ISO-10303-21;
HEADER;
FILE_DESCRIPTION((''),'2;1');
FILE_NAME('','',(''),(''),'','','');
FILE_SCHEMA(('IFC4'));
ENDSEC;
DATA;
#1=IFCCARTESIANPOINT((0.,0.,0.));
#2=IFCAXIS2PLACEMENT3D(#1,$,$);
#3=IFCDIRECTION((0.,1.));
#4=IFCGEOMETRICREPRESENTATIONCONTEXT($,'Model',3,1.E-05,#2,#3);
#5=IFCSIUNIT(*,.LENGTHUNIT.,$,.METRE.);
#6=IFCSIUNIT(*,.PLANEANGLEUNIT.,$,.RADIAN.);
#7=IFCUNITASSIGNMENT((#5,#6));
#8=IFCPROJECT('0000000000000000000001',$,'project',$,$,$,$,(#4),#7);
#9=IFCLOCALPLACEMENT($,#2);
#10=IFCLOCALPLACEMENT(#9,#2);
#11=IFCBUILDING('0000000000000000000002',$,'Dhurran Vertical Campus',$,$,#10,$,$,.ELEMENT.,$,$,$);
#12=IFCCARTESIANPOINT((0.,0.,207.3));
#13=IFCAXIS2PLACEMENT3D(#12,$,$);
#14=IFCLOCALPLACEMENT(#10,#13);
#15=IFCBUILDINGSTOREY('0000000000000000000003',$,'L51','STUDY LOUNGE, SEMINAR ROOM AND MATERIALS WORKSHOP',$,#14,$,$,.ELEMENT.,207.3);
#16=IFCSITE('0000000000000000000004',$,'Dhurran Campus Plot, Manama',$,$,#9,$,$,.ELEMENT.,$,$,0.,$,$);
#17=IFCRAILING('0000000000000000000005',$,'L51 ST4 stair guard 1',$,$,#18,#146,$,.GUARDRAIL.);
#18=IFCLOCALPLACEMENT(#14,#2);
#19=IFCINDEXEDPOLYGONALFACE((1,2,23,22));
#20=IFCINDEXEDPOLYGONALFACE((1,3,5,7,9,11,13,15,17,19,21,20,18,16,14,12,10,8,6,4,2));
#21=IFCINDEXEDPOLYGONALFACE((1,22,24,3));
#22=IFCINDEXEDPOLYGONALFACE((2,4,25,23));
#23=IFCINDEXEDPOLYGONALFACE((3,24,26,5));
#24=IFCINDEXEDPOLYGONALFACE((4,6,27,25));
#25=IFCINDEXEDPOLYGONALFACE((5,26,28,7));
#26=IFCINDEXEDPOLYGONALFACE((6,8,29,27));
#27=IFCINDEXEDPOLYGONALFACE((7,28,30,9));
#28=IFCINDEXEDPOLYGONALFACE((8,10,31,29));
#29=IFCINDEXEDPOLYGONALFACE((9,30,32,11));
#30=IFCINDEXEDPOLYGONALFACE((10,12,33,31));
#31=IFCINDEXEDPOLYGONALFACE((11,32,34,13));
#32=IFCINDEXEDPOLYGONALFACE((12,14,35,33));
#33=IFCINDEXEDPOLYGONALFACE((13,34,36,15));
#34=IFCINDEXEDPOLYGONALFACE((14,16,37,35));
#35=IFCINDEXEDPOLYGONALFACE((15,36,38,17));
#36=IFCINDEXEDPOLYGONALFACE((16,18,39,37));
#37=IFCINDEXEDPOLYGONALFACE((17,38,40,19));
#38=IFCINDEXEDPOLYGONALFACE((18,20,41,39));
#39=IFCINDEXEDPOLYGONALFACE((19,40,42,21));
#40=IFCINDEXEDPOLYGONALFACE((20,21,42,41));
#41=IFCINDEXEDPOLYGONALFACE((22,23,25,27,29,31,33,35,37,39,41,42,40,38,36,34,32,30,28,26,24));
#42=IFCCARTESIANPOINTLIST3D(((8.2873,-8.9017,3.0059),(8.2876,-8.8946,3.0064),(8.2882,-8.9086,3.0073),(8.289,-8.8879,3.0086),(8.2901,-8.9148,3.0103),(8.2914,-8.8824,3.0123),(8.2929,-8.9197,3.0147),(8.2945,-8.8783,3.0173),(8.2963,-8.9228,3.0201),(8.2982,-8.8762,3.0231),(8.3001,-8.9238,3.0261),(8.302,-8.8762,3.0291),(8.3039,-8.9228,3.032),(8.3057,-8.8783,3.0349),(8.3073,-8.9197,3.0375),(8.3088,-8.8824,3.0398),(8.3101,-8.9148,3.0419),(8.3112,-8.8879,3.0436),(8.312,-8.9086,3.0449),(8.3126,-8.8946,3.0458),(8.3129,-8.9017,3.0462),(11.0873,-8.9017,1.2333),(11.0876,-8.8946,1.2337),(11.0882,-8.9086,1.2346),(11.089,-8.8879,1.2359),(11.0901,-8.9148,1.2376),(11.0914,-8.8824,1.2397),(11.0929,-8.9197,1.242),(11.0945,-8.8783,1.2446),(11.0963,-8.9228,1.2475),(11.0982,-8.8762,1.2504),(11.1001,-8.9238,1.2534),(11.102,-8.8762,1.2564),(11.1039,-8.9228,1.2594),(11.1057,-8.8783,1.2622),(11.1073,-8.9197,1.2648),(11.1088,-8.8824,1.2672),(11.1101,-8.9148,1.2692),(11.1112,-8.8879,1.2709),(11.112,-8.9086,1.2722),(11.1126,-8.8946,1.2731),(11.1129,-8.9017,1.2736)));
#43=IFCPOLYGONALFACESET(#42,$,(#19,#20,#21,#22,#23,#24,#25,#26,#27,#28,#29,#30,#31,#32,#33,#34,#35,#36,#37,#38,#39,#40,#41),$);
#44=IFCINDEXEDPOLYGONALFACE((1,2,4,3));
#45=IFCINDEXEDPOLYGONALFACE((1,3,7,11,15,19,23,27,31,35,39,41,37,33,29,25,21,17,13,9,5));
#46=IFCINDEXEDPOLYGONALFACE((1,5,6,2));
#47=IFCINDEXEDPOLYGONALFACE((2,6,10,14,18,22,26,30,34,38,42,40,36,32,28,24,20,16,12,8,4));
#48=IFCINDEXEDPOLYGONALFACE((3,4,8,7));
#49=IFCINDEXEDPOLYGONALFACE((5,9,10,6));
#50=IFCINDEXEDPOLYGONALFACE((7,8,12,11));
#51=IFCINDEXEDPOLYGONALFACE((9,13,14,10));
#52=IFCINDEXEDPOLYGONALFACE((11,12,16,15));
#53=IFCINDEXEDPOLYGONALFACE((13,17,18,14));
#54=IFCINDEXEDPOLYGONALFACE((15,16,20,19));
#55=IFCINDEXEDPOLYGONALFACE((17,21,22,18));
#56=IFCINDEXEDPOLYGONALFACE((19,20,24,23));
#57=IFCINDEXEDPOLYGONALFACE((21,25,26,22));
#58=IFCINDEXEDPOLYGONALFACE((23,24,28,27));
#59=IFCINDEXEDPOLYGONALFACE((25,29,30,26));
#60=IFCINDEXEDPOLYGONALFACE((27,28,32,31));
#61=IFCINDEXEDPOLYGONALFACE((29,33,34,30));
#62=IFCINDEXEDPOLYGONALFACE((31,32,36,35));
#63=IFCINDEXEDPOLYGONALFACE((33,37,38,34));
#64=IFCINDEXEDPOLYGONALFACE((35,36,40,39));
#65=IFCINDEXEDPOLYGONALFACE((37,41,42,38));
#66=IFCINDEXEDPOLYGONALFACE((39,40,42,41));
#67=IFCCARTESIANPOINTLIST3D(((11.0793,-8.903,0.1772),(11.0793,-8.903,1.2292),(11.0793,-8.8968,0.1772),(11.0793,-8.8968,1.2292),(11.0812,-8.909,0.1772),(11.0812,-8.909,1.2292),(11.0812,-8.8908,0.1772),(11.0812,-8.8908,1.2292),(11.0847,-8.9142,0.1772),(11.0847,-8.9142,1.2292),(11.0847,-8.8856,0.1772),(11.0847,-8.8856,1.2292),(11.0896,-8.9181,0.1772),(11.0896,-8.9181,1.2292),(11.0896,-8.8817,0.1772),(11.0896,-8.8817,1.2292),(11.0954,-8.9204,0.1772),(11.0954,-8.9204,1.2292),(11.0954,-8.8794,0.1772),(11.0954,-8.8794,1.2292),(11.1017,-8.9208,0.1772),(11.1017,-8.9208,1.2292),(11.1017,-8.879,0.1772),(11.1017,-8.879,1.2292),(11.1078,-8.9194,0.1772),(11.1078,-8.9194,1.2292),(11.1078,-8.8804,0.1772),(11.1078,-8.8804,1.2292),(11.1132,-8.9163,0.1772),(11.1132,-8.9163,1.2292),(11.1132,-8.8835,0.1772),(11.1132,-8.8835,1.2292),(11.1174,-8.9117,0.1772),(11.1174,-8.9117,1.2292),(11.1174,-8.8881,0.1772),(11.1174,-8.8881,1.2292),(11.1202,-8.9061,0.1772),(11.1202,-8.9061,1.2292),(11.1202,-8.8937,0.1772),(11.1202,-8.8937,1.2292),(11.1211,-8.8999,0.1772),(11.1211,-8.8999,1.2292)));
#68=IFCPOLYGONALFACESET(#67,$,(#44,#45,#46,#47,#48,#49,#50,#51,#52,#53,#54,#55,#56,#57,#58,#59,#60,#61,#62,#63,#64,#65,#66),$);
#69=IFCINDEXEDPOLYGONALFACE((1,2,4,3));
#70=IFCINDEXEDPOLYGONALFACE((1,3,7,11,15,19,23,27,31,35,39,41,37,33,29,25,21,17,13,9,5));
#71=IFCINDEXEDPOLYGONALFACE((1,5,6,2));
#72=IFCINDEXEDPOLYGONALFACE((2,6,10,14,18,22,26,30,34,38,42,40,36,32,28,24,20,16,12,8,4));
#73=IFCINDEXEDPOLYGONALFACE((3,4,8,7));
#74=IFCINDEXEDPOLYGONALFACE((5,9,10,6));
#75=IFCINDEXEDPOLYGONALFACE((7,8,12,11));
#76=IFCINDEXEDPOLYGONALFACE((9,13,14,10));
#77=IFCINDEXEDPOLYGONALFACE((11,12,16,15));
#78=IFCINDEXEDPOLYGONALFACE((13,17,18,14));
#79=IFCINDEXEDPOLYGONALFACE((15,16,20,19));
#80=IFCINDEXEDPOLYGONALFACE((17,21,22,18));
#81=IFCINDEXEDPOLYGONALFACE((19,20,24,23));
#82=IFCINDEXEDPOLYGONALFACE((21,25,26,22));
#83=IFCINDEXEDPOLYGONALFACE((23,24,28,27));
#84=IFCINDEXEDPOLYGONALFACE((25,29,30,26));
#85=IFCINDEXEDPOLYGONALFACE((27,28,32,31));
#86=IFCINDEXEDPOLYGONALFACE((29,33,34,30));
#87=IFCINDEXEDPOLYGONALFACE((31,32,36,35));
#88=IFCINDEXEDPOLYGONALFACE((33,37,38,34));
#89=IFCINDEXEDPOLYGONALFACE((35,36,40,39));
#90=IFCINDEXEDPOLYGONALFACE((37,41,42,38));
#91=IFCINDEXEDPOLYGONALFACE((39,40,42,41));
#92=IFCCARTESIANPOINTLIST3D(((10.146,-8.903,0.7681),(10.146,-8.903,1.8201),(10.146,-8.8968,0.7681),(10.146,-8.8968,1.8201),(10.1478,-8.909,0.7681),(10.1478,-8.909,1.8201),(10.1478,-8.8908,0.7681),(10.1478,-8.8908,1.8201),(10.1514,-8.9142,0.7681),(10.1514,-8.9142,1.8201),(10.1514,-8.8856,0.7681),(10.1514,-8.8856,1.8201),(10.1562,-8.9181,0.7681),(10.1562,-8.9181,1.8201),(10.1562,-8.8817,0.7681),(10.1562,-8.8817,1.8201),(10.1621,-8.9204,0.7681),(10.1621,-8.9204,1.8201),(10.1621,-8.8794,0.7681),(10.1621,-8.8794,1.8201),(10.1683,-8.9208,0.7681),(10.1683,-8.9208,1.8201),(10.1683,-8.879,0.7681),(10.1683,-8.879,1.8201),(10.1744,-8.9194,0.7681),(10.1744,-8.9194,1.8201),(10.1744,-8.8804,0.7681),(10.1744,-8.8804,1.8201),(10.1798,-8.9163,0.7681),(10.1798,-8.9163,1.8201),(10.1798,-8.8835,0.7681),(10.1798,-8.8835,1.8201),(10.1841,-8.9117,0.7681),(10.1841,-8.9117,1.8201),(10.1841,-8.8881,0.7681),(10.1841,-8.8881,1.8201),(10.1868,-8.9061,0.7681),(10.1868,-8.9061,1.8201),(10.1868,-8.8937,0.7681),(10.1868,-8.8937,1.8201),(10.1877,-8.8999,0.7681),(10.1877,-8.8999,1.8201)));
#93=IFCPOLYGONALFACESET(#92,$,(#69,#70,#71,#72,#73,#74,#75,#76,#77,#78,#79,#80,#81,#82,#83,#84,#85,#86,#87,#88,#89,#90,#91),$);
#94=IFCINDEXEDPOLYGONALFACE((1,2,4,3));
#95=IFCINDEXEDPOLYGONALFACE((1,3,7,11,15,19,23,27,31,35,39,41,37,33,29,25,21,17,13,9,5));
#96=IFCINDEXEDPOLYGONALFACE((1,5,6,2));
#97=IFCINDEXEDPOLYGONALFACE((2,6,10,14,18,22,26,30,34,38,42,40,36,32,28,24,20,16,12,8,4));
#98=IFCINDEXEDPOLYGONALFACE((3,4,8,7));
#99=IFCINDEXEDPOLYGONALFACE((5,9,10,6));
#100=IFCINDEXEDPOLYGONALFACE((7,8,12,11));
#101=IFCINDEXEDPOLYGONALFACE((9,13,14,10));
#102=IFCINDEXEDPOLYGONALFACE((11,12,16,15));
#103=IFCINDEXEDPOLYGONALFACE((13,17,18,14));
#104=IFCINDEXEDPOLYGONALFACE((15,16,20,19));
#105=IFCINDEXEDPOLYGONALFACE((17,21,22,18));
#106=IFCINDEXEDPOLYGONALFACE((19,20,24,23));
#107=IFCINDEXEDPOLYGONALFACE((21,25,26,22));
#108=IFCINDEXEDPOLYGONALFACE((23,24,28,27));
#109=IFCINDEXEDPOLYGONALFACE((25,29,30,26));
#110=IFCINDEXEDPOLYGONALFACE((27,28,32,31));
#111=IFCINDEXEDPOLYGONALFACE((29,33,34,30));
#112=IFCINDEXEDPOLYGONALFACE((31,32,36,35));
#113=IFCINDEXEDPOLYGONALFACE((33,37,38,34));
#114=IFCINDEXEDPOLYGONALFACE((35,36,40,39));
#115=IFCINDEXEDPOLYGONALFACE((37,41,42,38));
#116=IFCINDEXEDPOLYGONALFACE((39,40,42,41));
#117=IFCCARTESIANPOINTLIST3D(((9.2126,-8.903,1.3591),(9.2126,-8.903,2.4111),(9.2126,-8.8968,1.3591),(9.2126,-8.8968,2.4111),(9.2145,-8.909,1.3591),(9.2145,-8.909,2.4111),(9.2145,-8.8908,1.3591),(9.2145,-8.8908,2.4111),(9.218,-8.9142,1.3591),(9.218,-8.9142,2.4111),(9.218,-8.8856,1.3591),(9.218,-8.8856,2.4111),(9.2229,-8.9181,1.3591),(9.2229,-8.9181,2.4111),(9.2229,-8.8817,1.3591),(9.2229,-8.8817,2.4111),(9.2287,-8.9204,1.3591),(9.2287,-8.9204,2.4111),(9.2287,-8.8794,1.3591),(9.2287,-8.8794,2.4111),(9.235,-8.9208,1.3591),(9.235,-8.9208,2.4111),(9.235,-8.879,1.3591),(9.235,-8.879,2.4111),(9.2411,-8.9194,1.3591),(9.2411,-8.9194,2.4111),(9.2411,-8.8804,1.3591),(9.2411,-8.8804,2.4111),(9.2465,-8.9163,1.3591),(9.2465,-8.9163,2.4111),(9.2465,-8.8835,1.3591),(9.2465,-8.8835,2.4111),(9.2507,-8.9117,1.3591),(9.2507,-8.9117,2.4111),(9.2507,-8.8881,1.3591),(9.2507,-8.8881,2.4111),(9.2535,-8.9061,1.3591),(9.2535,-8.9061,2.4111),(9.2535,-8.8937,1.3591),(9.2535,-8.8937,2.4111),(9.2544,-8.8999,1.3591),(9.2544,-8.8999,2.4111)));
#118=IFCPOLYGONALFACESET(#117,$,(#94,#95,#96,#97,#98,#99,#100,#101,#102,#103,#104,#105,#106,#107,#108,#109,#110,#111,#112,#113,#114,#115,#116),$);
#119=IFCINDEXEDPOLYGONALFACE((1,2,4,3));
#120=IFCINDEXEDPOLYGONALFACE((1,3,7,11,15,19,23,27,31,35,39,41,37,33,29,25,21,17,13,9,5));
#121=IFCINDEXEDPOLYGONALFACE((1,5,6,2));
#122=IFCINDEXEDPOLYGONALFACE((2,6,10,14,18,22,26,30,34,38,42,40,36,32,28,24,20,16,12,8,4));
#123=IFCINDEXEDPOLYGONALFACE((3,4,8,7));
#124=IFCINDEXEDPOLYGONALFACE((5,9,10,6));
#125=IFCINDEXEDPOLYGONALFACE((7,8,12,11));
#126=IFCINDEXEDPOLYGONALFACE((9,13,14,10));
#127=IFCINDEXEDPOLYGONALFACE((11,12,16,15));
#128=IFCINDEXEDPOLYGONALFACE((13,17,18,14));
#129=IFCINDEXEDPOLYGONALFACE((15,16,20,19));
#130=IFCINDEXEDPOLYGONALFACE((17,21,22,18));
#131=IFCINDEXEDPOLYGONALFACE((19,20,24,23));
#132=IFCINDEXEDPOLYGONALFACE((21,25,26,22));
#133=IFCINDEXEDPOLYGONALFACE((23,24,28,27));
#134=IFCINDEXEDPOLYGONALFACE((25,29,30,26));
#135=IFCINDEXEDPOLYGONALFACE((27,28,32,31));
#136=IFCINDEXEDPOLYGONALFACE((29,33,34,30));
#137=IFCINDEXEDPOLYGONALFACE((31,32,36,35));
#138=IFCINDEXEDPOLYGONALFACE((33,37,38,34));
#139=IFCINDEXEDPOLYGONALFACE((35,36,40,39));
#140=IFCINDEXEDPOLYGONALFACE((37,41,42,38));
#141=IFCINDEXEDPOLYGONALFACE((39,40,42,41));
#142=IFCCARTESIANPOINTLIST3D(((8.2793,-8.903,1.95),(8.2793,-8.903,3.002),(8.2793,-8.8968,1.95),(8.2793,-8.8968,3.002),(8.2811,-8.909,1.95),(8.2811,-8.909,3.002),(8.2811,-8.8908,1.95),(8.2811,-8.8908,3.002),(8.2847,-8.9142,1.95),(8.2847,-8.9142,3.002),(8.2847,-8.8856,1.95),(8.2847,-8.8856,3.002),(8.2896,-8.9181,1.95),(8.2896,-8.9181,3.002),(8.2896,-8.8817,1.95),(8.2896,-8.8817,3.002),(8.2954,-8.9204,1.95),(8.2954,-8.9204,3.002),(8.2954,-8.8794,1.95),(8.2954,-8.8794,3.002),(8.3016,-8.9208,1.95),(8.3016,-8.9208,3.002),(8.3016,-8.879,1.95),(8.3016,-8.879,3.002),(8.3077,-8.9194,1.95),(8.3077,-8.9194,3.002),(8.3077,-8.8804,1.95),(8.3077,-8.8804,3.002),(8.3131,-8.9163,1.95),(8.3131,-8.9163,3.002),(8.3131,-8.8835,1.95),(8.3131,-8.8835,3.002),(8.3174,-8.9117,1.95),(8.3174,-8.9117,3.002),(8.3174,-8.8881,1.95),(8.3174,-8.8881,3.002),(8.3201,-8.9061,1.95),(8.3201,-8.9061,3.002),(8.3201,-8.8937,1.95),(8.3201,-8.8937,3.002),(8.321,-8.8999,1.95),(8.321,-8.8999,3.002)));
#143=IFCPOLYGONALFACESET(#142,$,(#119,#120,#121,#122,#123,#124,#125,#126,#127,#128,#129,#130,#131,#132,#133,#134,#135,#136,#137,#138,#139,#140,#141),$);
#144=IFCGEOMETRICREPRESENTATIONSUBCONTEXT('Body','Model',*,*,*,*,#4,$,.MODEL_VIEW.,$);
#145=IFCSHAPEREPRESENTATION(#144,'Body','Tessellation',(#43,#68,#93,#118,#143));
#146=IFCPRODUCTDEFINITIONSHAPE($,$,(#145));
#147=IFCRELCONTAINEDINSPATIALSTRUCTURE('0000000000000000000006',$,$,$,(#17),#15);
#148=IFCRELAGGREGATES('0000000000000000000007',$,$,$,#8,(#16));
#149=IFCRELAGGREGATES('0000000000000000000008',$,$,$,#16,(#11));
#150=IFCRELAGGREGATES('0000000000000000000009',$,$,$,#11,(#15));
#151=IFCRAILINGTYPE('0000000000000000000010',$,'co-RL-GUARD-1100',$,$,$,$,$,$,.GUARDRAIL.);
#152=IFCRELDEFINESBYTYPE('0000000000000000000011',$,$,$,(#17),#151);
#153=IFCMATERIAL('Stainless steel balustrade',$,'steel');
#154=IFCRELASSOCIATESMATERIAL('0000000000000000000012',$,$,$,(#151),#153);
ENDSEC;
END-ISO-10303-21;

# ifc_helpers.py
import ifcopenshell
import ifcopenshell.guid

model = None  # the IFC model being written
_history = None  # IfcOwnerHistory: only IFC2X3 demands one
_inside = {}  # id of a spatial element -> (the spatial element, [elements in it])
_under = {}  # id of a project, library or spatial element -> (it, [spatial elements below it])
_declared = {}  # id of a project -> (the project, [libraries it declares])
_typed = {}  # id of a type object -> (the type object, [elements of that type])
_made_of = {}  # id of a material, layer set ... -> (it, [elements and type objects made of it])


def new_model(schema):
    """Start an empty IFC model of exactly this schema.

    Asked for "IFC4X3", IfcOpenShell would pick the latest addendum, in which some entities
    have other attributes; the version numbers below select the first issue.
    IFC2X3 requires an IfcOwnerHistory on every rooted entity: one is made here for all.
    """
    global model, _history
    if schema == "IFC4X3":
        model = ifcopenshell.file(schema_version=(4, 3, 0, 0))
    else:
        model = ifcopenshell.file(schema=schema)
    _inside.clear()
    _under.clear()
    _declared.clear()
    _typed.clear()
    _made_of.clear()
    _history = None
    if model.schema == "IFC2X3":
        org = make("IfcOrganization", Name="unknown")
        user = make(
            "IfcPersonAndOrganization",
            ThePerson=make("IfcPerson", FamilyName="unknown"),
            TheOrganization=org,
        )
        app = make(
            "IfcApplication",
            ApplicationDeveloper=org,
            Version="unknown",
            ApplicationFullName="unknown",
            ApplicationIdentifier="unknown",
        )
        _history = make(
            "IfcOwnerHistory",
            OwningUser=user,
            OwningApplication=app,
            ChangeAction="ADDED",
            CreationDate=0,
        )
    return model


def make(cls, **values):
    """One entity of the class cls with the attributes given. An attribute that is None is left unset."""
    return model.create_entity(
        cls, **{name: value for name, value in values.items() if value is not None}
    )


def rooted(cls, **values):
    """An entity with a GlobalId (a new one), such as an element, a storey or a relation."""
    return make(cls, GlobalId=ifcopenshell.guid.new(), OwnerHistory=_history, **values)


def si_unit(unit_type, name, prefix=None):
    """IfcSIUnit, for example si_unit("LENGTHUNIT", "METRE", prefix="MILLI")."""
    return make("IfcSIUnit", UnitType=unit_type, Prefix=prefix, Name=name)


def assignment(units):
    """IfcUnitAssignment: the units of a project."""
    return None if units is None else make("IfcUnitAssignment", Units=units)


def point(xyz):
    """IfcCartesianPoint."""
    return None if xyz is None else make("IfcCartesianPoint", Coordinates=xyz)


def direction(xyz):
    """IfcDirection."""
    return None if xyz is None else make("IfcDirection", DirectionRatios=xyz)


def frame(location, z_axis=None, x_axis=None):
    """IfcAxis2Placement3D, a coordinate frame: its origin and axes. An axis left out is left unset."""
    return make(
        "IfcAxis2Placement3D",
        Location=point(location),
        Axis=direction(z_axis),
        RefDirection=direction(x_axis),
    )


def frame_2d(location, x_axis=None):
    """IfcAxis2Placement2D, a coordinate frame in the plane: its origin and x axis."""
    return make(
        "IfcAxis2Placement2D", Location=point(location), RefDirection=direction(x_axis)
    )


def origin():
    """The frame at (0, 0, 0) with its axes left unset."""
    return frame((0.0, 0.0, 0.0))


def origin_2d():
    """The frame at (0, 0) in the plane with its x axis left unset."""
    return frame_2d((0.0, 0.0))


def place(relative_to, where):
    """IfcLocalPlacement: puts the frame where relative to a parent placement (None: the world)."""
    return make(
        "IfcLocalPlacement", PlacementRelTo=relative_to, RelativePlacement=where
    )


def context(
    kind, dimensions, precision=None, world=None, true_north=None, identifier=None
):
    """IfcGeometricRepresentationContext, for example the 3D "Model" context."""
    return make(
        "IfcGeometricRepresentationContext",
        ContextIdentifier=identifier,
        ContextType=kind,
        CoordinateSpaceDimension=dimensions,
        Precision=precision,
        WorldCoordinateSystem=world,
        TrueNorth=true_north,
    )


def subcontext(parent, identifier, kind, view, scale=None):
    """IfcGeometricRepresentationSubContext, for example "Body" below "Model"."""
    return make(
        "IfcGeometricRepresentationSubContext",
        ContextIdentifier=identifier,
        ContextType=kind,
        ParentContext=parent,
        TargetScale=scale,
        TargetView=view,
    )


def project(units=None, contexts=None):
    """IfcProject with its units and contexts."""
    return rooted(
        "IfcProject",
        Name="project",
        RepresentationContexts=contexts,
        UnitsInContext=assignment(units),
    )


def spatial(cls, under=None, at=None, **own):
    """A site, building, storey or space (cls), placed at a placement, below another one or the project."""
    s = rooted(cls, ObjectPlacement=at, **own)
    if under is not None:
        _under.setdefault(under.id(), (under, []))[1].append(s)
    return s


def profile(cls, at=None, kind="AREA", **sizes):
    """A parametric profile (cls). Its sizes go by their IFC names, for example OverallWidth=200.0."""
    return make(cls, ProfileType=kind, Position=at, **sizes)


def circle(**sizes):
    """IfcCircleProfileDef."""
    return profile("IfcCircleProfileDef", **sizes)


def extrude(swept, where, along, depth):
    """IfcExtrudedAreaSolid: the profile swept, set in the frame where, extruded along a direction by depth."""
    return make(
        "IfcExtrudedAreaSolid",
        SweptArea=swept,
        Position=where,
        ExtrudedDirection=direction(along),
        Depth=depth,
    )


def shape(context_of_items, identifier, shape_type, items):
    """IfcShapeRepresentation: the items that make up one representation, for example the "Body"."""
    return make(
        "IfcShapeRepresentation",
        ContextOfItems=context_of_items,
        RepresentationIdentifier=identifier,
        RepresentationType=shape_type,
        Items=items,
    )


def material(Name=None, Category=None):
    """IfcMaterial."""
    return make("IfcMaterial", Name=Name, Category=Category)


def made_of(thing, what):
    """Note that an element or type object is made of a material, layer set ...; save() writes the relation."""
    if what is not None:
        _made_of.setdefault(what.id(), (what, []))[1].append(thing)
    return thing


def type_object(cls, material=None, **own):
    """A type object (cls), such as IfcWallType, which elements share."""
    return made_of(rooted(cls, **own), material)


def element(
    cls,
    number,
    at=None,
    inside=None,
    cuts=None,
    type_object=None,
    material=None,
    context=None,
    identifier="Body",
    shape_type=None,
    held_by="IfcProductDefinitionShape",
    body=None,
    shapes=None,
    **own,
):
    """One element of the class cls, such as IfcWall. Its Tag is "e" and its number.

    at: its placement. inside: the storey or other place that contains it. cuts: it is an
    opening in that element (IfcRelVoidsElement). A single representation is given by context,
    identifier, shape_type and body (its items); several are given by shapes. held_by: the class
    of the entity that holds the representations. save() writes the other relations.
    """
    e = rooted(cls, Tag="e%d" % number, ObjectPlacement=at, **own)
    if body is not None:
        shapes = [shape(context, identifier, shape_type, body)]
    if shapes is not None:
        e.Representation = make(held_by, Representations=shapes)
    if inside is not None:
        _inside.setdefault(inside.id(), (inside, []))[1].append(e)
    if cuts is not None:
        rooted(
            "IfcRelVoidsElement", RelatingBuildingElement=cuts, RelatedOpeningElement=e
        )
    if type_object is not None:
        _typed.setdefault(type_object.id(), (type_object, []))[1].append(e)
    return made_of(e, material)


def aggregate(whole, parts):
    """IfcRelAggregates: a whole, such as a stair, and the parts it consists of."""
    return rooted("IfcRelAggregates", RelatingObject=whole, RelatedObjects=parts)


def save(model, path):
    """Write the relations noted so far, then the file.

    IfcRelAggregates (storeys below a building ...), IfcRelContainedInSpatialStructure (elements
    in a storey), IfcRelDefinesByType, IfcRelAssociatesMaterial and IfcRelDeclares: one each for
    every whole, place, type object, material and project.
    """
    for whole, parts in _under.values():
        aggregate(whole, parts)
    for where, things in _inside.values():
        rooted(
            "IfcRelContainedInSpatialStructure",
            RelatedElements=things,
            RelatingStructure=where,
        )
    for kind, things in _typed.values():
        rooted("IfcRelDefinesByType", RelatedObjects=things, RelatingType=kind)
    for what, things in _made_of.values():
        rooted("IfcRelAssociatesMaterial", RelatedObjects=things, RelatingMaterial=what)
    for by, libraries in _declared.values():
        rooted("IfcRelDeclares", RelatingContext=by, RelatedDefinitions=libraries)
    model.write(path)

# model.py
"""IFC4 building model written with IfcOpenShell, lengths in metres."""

from ifc_helpers import new_model, si_unit, direction, frame, origin, origin_2d, place, context, subcontext, project, spatial, circle, extrude, material, type_object, element, save


model = new_model("IFC4")

# Units and contexts
model_context = context("Model", 3, precision=1e-05, world=origin(), true_north=direction((0.0, 1.0)))
body_context = subcontext(model_context, "Body", "Model", "MODEL_VIEW")
ifc_project = project(units=[si_unit("LENGTHUNIT", "METRE"), si_unit("PLANEANGLEUNIT", "RADIAN")], contexts=[model_context])

# Site, building, storey
site_placement = place(None, origin())
site = spatial("IfcSite", under=ifc_project, at=site_placement, Name="Dhurran Campus Plot, Manama", CompositionType="ELEMENT", RefElevation=0.0)
building_placement = place(site_placement, origin())
building = spatial("IfcBuilding", under=site, at=building_placement, Name="Dhurran Vertical Campus", CompositionType="ELEMENT")
storey_placement = place(building_placement, frame((0.0, 0.0, 207.3)))
storey = spatial("IfcBuildingStorey", under=building, at=storey_placement, Name="L51", Description="STUDY LOUNGE, SEMINAR ROOM AND MATERIALS WORKSHOP", CompositionType="ELEMENT", Elevation=207.3)

# Railing
ifc_material_1 = material(Name="Stainless steel balustrade", Category="steel")
railing_type_1 = type_object("IfcRailingType", Name="co-RL-GUARD-1100", PredefinedType="GUARDRAIL", material=ifc_material_1)
railing_1_placement = place(storey_placement, frame((11.1001, -8.8999, 0.1772)))
element("IfcRailing", 1, at=railing_1_placement, inside=storey, type_object=railing_type_1, Name="L51 ST4 stair guard 1", PredefinedType="GUARDRAIL", context=body_context, shape_type="SweptSolid", body=[
    extrude(circle(Radius=0.0239, at=origin_2d()), frame((0.0, 0.0, 1.0762), z_axis=(-0.844909, 0.0, 0.53491), x_axis=(0.0, -1.0, 0.0)), (0.0, 0.0, 1.0), 3.314),
    extrude(circle(Radius=0.021, at=origin_2d()), origin(), (0.0, 0.0, 1.0), 1.052),
    extrude(circle(Radius=0.021, at=origin_2d()), frame((-0.9333, 0.0, 0.5908)), (0.0, 0.0, 1.0), 1.052),
    extrude(circle(Radius=0.021, at=origin_2d()), frame((-1.8667, 0.0, 1.1819)), (0.0, 0.0, 1.0), 1.052),
    extrude(circle(Radius=0.021, at=origin_2d()), frame((-2.8, 0.0, 1.7727)), (0.0, 0.0, 1.0), 1.052),
])

save(model, "model.ifc")
